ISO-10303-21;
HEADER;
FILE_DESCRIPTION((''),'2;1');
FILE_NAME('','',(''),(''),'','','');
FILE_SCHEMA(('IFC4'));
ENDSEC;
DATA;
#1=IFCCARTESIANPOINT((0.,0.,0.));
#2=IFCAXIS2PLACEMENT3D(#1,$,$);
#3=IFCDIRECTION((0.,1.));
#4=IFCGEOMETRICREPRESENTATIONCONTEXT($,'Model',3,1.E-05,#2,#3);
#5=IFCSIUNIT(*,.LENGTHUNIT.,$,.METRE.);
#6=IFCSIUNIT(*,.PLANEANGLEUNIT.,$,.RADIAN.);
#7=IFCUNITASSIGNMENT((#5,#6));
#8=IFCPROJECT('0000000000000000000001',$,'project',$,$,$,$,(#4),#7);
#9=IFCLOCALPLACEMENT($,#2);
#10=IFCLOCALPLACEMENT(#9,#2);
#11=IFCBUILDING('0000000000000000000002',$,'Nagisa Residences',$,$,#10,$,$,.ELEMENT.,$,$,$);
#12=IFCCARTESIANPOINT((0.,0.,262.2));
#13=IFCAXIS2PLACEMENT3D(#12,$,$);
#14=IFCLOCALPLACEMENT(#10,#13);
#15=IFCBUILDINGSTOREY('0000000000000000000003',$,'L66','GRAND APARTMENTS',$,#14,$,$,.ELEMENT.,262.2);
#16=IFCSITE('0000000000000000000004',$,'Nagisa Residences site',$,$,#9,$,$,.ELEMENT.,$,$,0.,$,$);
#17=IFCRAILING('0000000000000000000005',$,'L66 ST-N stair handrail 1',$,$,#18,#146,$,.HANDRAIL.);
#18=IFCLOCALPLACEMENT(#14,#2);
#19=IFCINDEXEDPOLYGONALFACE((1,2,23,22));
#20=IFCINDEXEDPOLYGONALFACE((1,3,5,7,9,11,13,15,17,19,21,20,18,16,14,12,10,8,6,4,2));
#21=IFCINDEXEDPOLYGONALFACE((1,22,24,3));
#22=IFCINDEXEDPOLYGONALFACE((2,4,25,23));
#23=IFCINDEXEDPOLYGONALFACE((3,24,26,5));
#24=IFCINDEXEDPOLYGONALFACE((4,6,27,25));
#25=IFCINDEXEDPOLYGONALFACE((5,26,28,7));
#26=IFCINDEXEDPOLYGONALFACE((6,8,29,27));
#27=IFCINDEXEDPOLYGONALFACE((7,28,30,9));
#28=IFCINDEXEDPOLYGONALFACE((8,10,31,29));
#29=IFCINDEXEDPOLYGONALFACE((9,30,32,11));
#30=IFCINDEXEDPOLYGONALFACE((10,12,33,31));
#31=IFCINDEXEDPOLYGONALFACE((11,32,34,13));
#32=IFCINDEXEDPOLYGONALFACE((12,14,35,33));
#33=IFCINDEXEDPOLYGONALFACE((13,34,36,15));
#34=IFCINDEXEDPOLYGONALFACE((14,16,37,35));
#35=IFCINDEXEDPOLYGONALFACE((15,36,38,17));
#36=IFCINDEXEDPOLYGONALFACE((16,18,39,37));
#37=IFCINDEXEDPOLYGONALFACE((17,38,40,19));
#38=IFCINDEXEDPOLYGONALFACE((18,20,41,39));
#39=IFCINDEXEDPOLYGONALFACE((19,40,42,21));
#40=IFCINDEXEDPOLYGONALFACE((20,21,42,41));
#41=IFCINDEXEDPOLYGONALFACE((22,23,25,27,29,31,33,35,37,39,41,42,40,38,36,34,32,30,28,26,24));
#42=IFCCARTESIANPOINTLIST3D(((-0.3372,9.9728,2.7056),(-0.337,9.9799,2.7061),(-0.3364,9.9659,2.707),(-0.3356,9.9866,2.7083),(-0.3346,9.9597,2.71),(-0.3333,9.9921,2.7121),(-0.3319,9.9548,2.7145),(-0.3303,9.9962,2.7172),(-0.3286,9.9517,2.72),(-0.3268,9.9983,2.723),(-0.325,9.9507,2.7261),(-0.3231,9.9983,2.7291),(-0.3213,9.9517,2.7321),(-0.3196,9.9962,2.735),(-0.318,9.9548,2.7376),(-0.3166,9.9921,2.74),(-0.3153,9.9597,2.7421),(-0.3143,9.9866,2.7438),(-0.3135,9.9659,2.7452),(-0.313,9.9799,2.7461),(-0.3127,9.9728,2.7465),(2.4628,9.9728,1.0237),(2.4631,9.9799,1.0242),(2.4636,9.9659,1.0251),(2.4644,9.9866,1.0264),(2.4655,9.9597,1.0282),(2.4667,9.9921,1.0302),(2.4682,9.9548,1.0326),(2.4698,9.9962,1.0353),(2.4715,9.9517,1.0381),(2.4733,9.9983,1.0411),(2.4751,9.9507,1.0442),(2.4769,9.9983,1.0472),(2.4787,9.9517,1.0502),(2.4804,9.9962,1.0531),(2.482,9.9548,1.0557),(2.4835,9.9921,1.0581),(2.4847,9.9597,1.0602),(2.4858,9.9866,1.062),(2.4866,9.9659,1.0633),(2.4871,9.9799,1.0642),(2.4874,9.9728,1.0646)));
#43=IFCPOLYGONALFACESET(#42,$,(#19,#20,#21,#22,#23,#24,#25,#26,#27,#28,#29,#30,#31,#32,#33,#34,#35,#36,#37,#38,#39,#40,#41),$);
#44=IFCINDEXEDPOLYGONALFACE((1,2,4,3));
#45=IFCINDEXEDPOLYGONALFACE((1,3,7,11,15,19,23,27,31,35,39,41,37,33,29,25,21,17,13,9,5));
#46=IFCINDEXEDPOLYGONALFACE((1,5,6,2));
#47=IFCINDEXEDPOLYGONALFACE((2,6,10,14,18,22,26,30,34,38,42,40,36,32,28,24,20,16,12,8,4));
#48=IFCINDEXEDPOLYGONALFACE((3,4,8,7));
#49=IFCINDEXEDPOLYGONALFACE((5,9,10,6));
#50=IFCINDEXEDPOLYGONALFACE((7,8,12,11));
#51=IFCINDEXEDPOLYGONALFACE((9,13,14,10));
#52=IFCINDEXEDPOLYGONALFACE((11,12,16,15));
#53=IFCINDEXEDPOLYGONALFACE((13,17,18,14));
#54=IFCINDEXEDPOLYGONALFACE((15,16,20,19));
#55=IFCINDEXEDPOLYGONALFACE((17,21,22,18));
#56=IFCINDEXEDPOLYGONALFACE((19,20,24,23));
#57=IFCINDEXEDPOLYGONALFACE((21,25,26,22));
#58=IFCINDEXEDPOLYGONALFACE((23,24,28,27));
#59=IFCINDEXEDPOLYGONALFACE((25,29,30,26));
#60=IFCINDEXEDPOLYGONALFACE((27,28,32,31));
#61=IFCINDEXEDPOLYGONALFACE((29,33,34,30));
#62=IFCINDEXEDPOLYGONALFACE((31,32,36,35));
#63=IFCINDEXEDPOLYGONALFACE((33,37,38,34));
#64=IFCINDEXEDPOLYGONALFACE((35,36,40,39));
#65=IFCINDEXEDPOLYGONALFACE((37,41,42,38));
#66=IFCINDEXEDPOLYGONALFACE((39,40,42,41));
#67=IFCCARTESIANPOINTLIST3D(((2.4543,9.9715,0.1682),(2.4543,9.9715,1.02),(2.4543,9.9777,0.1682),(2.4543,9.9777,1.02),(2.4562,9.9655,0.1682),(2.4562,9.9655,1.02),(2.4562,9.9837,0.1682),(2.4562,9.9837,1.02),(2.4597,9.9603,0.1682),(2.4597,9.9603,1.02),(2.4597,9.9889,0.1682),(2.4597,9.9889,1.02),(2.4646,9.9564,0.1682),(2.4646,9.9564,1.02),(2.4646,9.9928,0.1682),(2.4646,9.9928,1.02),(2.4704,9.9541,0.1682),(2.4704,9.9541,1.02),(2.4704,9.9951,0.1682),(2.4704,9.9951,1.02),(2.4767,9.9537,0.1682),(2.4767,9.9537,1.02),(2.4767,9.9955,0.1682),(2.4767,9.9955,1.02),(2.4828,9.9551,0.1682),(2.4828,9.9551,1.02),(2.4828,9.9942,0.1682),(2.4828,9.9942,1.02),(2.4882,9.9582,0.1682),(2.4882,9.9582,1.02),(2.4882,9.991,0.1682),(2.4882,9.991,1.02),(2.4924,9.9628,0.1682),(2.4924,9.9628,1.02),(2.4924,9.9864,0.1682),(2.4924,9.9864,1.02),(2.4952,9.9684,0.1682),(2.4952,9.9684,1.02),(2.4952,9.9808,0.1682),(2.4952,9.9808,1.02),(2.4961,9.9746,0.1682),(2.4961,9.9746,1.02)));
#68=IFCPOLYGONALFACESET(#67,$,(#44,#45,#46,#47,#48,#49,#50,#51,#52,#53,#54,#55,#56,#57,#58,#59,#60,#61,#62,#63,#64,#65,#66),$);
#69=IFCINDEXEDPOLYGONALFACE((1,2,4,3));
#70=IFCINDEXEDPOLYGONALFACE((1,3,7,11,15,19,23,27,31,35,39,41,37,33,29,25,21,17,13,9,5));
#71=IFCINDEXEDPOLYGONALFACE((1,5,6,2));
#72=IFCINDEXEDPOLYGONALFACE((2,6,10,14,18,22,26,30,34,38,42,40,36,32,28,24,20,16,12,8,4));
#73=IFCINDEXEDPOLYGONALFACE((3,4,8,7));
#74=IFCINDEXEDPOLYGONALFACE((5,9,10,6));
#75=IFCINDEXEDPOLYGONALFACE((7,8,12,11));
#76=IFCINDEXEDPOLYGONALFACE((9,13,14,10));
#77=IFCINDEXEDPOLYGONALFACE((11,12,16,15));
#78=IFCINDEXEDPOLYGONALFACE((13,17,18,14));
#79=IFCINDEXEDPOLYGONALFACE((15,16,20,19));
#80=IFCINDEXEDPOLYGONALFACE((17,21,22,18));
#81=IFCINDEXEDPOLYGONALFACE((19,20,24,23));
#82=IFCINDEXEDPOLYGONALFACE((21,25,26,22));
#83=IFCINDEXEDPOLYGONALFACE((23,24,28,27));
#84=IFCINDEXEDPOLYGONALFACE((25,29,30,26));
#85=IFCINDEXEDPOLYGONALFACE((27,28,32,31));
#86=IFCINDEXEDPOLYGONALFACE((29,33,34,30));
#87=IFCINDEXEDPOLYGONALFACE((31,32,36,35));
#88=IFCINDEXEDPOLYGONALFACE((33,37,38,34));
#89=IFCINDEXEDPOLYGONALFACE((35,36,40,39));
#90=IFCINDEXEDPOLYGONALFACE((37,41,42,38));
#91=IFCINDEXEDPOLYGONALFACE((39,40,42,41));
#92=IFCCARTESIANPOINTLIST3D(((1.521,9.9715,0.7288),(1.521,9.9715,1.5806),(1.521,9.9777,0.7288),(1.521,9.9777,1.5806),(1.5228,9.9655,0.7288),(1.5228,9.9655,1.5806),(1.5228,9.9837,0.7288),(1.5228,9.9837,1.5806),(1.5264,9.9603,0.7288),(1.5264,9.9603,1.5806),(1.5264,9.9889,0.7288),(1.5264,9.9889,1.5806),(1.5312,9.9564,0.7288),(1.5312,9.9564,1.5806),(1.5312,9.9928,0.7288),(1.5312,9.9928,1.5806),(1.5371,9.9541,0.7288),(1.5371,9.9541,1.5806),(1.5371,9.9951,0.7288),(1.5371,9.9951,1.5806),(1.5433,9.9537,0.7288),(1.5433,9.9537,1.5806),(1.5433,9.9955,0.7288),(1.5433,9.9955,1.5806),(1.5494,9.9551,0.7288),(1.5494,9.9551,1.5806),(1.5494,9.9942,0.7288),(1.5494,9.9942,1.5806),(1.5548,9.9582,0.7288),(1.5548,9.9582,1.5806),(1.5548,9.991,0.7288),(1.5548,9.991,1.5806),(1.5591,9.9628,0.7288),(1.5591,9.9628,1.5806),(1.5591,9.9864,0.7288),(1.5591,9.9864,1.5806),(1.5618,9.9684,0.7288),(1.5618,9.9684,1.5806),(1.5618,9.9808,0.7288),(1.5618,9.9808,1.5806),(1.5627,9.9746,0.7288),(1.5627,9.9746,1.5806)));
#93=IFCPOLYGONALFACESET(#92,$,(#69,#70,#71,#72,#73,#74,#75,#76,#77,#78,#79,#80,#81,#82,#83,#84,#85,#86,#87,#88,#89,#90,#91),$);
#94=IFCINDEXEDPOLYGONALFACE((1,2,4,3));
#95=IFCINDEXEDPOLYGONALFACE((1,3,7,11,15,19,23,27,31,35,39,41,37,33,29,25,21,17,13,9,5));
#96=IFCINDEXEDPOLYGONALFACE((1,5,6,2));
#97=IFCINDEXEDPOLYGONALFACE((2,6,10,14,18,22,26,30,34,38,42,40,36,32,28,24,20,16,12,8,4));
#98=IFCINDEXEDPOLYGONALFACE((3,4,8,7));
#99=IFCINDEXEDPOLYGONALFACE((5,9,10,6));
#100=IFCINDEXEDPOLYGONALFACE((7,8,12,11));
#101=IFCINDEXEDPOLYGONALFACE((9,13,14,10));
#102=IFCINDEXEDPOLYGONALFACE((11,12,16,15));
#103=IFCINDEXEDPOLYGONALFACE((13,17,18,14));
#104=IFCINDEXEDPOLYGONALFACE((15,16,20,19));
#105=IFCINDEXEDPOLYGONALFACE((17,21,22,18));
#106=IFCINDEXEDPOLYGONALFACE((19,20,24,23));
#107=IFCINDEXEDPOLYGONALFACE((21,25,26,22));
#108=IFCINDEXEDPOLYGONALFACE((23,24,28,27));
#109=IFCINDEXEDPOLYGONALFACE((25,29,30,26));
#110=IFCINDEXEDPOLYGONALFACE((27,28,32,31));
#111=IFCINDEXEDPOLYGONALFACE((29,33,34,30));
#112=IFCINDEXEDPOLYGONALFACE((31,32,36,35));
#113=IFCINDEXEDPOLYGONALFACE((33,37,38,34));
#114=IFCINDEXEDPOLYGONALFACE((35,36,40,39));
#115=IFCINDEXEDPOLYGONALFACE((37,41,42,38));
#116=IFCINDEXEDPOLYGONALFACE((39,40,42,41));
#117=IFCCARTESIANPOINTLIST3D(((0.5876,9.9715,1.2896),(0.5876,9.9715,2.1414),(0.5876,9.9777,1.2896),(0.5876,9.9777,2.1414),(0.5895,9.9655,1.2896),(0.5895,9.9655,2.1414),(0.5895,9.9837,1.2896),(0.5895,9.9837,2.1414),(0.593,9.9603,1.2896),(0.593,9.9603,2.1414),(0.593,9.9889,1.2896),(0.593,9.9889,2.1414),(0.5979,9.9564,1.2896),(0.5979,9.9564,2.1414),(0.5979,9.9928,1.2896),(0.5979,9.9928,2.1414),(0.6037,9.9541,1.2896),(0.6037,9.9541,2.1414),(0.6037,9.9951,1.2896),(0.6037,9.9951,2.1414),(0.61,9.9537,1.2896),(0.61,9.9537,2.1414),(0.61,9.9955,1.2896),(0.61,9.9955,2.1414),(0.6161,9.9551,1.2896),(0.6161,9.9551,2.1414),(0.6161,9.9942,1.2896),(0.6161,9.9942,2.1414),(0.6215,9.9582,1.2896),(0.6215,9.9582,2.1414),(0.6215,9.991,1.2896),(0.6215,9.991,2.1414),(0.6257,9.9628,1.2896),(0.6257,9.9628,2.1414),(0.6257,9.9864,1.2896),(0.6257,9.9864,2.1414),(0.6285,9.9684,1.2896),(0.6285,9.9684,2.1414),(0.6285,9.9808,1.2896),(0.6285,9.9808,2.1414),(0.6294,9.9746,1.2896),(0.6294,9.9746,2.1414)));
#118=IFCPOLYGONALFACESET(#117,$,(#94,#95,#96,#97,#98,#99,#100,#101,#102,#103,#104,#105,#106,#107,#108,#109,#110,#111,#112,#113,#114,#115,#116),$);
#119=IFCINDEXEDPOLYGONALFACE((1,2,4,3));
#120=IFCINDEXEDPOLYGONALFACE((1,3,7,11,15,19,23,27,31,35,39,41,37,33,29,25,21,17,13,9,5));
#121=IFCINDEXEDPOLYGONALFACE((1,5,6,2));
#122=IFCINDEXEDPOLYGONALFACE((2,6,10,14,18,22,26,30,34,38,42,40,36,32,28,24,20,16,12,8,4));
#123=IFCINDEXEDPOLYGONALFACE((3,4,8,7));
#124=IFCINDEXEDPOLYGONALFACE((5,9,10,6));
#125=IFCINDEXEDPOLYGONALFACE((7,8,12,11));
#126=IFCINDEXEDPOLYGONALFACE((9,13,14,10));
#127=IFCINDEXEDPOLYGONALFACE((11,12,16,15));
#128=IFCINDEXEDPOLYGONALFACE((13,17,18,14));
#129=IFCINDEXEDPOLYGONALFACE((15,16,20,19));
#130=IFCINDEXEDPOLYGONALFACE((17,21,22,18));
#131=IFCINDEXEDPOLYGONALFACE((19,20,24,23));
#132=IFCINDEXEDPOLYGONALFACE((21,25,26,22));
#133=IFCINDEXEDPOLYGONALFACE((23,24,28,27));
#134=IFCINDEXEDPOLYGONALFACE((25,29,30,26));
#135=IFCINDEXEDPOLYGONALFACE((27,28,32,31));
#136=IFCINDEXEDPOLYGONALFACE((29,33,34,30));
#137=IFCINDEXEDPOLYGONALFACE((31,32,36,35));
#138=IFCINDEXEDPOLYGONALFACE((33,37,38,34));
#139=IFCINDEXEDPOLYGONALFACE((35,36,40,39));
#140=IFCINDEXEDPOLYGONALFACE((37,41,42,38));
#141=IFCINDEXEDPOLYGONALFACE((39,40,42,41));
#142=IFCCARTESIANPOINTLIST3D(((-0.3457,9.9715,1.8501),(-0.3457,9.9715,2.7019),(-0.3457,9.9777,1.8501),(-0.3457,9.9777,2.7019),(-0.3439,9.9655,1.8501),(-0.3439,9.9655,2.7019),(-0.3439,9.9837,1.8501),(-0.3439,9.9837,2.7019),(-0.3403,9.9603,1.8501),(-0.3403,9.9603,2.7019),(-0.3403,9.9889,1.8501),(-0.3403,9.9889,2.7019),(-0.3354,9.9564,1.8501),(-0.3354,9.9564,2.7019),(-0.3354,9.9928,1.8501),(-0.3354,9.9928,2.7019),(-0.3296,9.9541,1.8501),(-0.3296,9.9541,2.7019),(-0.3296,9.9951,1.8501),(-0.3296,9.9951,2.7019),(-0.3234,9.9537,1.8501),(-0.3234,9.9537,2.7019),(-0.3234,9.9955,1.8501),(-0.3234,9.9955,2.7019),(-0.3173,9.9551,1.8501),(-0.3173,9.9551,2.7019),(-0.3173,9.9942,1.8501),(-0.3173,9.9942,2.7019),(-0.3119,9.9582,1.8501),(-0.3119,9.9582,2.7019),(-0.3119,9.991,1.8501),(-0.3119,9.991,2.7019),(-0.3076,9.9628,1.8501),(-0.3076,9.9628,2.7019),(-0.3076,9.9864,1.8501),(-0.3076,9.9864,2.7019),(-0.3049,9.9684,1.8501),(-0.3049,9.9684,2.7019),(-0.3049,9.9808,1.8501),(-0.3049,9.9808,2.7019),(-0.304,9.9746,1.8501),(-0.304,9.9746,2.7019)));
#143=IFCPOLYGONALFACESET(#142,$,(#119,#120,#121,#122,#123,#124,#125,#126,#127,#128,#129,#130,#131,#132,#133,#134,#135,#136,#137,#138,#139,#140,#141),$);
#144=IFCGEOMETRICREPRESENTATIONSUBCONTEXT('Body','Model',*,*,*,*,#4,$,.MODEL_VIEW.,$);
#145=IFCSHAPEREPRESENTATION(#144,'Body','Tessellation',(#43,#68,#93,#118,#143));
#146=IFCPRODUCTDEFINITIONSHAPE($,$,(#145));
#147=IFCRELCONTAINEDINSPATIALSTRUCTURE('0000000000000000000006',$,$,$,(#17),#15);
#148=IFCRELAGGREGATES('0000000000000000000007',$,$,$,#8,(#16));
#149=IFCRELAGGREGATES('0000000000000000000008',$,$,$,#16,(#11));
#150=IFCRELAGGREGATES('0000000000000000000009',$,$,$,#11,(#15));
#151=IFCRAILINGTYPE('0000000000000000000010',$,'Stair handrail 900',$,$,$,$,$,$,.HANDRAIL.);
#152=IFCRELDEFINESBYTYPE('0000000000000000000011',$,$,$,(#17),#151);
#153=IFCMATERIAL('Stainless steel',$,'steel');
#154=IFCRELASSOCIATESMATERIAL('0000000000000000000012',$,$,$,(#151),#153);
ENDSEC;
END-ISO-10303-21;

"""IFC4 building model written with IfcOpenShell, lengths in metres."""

from ifc_helpers import new_model, si_unit, direction, frame, origin, origin_2d, place, context, subcontext, project, spatial, circle, extrude, material, type_object, element, save


model = new_model("IFC4")

# Units and contexts
model_context = context("Model", 3, precision=1e-05, world=origin(), true_north=direction((0.0, 1.0)))
body_context = subcontext(model_context, "Body", "Model", "MODEL_VIEW")
ifc_project = project(units=[si_unit("LENGTHUNIT", "METRE"), si_unit("PLANEANGLEUNIT", "RADIAN")], contexts=[model_context])

# Site, building, storey
site_placement = place(None, origin())
site = spatial("IfcSite", under=ifc_project, at=site_placement, Name="Nagisa Residences site", CompositionType="ELEMENT", RefElevation=0.0)
building_placement = place(site_placement, origin())
building = spatial("IfcBuilding", under=site, at=building_placement, Name="Nagisa Residences", CompositionType="ELEMENT")
storey_placement = place(building_placement, frame((0.0, 0.0, 262.2)))
storey = spatial("IfcBuildingStorey", under=building, at=storey_placement, Name="L66", Description="GRAND APARTMENTS", CompositionType="ELEMENT", Elevation=262.2)

# Railing
ifc_material_1 = material(Name="Stainless steel", Category="steel")
railing_type_1 = type_object("IfcRailingType", Name="Stair handrail 900", PredefinedType="HANDRAIL", material=ifc_material_1)
railing_1_placement = place(storey_placement, frame((2.4751, 9.9746, 0.1682)))
element("IfcRailing", 1, at=railing_1_placement, inside=storey, type_object=railing_type_1, Name="L66 ST-N stair handrail 1", PredefinedType="HANDRAIL", context=body_context, shape_type="SweptSolid", body=[
    extrude(circle(Radius=0.0239, at=origin_2d()), frame((0.0, 0.0, 0.876), z_axis=(-0.857242, 0.0, 0.514913), x_axis=(0.0, -1.0, 0.0)), (0.0, 0.0, 1.0), 3.2664),
    extrude(circle(Radius=0.021, at=origin_2d()), origin(), (0.0, 0.0, 1.0), 0.8518),
    extrude(circle(Radius=0.021, at=origin_2d()), frame((-0.9333, 0.0, 0.5605)), (0.0, 0.0, 1.0), 0.8518),
    extrude(circle(Radius=0.021, at=origin_2d()), frame((-1.8667, 0.0, 1.1213)), (0.0, 0.0, 1.0), 0.8518),
    extrude(circle(Radius=0.021, at=origin_2d()), frame((-2.8, 0.0, 1.6819)), (0.0, 0.0, 1.0), 0.8518),
])

save(model, "model.ifc")
